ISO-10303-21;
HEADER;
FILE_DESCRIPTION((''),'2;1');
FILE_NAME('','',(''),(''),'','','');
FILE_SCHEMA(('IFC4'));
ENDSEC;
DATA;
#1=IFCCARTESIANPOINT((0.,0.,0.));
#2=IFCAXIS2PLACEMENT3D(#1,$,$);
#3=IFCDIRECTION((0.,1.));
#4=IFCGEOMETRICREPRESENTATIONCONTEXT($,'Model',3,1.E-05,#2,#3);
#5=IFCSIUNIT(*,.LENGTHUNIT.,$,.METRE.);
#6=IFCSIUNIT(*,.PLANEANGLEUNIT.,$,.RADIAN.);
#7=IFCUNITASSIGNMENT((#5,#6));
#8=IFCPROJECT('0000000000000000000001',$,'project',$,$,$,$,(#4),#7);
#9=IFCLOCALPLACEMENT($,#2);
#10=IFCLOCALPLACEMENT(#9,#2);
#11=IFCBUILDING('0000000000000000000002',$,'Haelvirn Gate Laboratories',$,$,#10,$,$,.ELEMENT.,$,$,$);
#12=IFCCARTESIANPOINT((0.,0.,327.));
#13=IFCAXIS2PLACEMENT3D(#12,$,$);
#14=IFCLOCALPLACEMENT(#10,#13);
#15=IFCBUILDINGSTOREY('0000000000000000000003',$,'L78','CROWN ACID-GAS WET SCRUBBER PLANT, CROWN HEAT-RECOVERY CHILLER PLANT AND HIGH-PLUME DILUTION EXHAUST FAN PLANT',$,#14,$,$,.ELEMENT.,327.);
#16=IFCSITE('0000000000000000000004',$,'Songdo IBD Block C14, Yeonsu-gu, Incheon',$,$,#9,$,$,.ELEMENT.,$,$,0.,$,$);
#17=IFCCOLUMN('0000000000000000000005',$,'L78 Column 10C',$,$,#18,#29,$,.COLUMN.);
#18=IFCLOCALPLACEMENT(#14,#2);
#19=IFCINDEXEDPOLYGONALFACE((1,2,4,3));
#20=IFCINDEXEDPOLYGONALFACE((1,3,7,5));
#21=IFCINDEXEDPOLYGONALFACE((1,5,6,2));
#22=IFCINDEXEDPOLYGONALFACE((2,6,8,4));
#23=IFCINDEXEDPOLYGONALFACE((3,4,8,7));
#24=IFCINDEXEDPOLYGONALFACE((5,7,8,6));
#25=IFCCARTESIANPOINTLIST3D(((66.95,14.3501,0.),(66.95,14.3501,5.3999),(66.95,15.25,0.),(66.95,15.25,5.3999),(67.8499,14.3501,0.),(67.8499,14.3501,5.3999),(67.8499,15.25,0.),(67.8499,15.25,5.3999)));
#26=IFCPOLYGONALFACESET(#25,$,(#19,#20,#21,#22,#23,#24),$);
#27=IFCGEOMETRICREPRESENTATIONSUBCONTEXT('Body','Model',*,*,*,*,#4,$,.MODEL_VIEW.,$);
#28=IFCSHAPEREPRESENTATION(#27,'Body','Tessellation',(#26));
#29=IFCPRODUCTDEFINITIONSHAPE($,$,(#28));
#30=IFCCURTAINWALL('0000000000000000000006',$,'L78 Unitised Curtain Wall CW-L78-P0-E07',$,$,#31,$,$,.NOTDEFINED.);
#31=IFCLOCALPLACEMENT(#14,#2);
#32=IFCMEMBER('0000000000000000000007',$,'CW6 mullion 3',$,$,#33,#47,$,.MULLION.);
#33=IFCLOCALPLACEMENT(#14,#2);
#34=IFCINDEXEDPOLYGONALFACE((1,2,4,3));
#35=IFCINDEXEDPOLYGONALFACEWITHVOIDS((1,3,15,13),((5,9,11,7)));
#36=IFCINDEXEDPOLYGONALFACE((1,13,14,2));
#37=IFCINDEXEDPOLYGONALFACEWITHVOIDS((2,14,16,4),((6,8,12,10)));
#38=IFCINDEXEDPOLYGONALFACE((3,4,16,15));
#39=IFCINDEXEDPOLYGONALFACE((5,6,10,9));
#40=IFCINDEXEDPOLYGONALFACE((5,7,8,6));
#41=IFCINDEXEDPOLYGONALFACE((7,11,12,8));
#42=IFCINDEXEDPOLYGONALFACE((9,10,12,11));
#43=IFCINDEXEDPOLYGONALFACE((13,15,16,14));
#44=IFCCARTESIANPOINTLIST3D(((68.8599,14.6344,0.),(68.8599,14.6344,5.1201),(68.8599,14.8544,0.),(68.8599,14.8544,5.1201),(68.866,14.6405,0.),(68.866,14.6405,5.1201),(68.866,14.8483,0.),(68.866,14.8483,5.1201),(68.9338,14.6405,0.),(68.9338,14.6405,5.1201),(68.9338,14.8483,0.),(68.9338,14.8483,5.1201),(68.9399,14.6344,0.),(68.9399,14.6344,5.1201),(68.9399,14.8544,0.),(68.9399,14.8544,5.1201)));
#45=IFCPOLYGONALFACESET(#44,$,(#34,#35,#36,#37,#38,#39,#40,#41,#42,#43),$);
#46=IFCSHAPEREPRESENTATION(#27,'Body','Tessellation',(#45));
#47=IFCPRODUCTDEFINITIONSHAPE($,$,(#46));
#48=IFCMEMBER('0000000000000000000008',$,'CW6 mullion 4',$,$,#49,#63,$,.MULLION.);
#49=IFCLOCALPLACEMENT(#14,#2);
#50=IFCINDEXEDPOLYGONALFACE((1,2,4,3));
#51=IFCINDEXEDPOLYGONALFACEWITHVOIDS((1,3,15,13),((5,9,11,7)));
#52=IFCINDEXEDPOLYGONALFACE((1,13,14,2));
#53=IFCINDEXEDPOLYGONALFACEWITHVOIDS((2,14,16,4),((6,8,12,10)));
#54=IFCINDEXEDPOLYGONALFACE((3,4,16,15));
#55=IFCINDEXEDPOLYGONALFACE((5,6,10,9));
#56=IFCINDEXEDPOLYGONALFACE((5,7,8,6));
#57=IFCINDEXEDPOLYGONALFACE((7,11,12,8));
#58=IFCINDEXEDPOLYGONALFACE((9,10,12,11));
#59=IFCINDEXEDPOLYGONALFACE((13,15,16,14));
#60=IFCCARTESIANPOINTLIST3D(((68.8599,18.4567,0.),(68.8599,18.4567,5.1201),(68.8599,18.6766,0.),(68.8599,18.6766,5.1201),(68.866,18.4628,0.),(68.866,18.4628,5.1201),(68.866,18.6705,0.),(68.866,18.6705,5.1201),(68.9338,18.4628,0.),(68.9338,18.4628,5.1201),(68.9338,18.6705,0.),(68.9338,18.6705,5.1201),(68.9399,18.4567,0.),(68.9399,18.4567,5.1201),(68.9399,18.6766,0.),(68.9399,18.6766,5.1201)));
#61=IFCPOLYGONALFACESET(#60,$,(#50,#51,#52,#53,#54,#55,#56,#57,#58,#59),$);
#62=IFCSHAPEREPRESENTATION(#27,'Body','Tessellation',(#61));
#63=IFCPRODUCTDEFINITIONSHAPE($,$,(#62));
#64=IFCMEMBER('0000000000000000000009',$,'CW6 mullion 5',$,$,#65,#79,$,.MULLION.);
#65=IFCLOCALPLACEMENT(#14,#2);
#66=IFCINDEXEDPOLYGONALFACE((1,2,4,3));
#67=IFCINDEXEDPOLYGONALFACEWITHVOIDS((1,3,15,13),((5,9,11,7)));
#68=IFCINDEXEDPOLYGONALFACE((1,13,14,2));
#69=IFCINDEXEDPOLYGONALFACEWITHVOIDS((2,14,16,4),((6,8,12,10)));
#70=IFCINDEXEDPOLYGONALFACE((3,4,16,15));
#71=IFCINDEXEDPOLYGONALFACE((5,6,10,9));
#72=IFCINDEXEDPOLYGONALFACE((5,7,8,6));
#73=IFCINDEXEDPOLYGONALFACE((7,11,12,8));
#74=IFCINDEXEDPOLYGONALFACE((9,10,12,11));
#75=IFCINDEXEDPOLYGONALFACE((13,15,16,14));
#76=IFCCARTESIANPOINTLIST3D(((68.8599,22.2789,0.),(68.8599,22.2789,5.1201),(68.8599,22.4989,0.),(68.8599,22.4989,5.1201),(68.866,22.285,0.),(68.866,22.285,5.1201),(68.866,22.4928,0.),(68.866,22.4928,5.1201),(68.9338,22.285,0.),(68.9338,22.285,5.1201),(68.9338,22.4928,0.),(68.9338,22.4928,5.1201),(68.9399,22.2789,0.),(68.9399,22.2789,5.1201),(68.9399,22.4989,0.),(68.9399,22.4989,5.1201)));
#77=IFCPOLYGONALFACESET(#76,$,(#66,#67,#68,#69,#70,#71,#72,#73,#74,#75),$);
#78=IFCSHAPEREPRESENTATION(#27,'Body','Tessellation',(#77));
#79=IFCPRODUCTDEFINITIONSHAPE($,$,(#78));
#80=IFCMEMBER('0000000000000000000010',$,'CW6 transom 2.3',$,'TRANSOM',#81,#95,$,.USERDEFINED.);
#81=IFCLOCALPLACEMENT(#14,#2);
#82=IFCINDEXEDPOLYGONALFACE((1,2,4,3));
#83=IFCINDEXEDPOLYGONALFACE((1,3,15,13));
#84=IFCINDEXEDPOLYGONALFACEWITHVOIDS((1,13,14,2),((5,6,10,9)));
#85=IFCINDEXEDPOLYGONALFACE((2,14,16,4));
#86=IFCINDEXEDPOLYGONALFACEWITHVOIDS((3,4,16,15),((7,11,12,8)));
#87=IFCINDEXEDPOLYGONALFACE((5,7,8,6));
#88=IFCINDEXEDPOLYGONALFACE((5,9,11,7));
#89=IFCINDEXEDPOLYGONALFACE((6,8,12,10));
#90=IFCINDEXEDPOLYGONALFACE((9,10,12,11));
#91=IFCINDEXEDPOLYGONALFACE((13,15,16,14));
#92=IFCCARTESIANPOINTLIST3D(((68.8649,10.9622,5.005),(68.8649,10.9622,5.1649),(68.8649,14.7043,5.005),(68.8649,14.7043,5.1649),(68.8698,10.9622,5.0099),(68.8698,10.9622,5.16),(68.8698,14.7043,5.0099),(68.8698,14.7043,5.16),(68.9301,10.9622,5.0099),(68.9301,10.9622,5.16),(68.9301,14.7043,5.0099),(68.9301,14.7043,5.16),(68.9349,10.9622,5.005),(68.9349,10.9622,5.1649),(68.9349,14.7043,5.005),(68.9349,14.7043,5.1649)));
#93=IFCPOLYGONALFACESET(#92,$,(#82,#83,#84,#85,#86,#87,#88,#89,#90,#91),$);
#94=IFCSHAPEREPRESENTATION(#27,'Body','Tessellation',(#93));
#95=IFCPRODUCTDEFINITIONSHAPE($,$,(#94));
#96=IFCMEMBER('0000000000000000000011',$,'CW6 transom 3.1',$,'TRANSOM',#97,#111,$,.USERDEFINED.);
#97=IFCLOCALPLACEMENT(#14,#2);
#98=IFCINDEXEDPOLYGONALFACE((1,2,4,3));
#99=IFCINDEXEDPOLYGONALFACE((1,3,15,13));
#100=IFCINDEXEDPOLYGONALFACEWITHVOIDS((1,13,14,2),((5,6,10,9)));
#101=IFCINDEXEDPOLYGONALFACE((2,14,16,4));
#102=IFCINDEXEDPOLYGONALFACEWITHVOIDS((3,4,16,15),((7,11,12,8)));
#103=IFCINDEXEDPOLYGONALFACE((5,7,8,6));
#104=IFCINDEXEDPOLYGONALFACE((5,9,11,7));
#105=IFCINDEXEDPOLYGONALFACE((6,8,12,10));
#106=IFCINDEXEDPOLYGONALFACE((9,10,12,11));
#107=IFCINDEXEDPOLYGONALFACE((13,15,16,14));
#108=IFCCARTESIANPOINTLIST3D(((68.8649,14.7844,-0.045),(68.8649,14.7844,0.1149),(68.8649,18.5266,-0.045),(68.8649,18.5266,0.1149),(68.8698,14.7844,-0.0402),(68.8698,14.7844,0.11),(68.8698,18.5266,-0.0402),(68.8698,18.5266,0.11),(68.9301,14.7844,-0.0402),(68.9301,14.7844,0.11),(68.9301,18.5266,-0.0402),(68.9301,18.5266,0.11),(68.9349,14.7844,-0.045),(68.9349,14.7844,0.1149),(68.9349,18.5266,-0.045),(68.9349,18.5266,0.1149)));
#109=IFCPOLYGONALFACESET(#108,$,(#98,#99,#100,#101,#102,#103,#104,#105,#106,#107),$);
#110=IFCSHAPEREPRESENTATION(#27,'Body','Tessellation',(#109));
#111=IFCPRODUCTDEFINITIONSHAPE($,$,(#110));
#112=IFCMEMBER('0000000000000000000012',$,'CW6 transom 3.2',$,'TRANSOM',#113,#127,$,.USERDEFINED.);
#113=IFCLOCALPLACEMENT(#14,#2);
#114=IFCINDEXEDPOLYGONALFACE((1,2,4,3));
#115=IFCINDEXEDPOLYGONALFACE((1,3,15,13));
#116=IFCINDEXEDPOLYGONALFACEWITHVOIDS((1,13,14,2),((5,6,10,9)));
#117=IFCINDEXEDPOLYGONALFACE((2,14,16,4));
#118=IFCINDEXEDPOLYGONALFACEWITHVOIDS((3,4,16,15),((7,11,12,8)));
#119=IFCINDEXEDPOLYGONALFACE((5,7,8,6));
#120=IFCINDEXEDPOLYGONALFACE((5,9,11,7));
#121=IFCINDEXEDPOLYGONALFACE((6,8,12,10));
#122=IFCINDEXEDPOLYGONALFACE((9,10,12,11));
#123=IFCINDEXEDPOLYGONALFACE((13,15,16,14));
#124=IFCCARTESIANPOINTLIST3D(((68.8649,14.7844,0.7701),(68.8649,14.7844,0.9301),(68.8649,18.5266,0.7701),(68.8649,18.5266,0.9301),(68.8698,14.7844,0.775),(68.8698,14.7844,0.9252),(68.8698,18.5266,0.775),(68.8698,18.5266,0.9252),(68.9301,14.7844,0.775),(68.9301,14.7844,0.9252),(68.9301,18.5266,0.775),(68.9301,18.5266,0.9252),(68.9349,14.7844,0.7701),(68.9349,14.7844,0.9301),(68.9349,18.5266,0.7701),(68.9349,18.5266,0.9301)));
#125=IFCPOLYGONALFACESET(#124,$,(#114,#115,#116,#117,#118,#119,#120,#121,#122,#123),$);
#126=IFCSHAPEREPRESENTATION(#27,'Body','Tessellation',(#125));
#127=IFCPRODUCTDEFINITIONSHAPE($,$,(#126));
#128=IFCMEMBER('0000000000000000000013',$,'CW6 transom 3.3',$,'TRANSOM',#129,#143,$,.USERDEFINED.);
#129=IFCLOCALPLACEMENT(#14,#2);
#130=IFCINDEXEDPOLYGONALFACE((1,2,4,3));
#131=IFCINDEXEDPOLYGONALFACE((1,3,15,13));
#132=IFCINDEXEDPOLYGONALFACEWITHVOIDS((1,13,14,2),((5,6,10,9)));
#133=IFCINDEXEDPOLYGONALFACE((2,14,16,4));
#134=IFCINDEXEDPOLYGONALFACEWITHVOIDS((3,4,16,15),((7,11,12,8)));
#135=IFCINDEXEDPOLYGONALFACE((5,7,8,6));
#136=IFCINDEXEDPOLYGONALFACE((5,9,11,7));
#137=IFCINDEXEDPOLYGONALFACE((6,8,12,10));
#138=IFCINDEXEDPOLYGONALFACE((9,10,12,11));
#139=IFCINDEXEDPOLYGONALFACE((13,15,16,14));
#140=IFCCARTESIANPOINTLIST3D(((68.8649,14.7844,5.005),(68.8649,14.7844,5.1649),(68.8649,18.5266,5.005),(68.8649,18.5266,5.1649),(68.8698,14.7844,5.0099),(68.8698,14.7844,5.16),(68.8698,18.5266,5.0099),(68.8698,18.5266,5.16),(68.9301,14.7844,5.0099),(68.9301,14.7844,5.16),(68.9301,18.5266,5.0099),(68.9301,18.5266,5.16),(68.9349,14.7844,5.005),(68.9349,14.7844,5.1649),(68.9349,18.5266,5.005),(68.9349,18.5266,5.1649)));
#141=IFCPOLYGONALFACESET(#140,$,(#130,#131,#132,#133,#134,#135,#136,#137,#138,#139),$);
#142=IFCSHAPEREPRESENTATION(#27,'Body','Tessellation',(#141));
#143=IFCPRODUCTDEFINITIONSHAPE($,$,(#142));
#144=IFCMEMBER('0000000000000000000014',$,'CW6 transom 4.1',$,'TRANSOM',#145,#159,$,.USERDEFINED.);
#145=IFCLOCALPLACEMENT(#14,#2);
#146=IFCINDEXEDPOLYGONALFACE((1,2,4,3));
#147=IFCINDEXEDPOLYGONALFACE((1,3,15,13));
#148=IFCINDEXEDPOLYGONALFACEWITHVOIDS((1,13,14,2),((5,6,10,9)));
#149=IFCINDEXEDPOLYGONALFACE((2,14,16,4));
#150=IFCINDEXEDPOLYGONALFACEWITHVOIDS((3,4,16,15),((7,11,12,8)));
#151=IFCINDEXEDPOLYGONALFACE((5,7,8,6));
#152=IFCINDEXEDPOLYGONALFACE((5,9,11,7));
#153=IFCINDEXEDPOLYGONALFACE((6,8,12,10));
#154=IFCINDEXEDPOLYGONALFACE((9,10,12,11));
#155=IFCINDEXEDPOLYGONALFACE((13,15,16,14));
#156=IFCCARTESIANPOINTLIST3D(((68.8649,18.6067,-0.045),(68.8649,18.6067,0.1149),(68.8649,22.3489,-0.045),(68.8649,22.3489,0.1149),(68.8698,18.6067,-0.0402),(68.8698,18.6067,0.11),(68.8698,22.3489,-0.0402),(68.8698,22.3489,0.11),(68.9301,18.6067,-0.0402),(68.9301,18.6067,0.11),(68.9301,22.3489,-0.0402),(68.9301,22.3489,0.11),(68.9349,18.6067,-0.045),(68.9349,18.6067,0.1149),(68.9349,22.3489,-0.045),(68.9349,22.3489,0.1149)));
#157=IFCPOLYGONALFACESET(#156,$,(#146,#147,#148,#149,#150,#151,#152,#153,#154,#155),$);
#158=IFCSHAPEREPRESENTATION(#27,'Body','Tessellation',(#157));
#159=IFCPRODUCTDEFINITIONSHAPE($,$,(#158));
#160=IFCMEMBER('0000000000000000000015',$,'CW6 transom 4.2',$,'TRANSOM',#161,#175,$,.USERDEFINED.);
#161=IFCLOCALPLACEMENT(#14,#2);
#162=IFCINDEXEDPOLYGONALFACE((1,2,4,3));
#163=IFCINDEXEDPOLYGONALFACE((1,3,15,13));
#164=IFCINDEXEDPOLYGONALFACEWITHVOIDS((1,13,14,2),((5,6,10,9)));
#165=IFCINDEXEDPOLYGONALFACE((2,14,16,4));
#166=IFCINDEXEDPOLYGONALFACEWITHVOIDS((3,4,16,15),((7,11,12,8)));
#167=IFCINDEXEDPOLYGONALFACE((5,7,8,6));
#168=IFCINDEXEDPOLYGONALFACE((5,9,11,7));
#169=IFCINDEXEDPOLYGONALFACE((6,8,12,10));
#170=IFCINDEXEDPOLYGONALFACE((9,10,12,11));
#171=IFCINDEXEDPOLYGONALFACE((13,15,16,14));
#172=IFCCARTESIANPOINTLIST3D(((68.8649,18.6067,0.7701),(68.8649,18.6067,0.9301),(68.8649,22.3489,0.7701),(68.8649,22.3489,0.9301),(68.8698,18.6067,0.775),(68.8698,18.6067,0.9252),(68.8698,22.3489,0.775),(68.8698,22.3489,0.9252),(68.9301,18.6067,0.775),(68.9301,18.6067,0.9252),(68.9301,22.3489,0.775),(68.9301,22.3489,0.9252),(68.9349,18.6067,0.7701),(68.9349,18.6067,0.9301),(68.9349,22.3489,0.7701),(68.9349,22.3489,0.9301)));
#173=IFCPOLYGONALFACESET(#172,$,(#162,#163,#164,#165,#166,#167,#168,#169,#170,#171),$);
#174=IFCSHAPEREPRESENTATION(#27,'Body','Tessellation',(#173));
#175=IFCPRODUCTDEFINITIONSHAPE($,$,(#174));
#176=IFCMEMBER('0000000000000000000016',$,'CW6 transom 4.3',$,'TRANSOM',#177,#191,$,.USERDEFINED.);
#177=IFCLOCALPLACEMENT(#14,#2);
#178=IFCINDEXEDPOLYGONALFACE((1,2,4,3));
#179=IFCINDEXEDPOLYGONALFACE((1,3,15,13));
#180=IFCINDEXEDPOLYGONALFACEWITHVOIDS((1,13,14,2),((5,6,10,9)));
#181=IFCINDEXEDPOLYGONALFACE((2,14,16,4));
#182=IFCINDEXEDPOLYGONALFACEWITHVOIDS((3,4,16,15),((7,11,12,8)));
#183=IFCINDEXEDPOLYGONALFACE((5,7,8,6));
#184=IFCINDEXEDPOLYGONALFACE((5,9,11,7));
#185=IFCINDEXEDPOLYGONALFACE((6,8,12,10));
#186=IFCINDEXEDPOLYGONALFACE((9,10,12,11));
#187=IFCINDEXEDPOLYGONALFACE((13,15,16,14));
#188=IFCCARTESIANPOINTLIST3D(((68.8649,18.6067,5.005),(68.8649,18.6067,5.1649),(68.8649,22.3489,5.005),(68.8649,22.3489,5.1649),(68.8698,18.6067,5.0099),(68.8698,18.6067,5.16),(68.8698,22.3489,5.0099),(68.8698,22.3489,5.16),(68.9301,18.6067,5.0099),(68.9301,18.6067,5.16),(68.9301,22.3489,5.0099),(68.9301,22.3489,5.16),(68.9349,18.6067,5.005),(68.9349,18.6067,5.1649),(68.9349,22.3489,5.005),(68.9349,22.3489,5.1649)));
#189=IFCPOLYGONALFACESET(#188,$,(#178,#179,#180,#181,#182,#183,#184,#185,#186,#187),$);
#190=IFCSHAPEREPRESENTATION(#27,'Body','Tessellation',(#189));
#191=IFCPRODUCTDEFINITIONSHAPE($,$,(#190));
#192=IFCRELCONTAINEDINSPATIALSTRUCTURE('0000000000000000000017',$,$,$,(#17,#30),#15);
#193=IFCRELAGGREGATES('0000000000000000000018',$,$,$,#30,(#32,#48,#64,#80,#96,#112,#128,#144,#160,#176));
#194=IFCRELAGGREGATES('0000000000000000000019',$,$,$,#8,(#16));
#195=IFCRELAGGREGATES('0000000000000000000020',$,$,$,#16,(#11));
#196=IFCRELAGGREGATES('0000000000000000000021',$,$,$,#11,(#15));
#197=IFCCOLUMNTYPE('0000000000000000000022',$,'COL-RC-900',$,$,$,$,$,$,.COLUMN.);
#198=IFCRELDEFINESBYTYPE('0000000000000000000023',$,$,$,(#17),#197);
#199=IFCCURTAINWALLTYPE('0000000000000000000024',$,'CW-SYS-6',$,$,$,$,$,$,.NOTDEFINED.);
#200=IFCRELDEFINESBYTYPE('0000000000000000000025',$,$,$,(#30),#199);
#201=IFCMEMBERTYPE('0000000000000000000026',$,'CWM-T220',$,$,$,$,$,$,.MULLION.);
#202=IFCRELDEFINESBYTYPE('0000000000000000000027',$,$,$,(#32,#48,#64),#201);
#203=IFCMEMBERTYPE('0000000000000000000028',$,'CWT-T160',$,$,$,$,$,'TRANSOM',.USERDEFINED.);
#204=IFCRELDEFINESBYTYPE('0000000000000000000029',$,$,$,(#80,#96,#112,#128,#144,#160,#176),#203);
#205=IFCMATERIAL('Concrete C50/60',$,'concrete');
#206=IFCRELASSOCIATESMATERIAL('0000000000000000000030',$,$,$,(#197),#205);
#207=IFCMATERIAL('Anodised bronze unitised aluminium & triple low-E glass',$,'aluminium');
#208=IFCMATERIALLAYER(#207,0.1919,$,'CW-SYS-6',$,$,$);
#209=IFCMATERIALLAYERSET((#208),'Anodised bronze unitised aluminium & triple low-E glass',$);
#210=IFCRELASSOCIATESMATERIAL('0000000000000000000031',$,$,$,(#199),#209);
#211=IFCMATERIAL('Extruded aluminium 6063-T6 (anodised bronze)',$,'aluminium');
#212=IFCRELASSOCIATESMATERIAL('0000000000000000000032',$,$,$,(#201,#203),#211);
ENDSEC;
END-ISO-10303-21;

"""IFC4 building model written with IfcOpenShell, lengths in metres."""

from ifc_helpers import new_model, si_unit, direction, frame, origin, origin_2d, place, context, subcontext, project, spatial, rectangle, hollow_rectangle, extrude, source, transform, mapped, material, layer, layer_set, material_profile, profile_set, type_object, type_shapes, element, aggregate, save


model = new_model("IFC4")

# Units and contexts
model_context = context("Model", 3, precision=1e-05, world=origin(), true_north=direction((0.0, 1.0)))
body_context = subcontext(model_context, "Body", "Model", "MODEL_VIEW")
ifc_project = project(units=[si_unit("LENGTHUNIT", "METRE"), si_unit("PLANEANGLEUNIT", "RADIAN")], contexts=[model_context])

# Site, building, storey
site_placement = place(None, origin())
site = spatial("IfcSite", under=ifc_project, at=site_placement, Name="Songdo IBD Block C14, Yeonsu-gu, Incheon", CompositionType="ELEMENT", RefElevation=0.0)
building_placement = place(site_placement, origin())
building = spatial("IfcBuilding", under=site, at=building_placement, Name="Haelvirn Gate Laboratories", CompositionType="ELEMENT")
storey_placement = place(building_placement, frame((0.0, 0.0, 327.0)))
storey = spatial("IfcBuildingStorey", under=building, at=storey_placement, Name="L78", Description="CROWN ACID-GAS WET SCRUBBER PLANT, CROWN HEAT-RECOVERY CHILLER PLANT AND HIGH-PLUME DILUTION EXHAUST FAN PLANT", CompositionType="ELEMENT", Elevation=327.0)

# Column
ifc_material_1 = material(Name="Concrete C50/60", Category="concrete")
ifc_material_profile_1 = material_profile(ifc_material_1, rectangle(XDim=0.8999, YDim=0.8999, at=origin_2d()), Name="RC-900x900")
ifc_profile_set_1 = profile_set([ifc_material_profile_1], Name="Concrete C50/60")
column_type = type_object("IfcColumnType", Name="COL-RC-900", PredefinedType="COLUMN", material=ifc_profile_set_1)
shared_shape_1 = source(origin(), body_context, "Body", "SweptSolid", [
    extrude(rectangle(XDim=0.8999, YDim=0.8999, at=origin_2d()), origin(), (0.0, 0.0, 1.0), 5.3999),
])
type_shapes(column_type, [shared_shape_1])
column_placement = place(storey_placement, frame((67.3999, 14.8, 0.0), z_axis=(0.0, 0.0, 1.0), x_axis=(1.0, 0.0, 0.0)))
element("IfcColumn", 1, at=column_placement, inside=storey, type_object=column_type, Name="L78 Column 10C", PredefinedType="COLUMN", context=body_context, shape_type="MappedRepresentation", body=[
    mapped(shared_shape_1, transform((0.0, 0.0, 0.0), scale=1.0)),
])

# Curtain wall, members
ifc_material_2 = material(Name="Anodised bronze unitised aluminium & triple low-E glass", Category="aluminium")
ifc_layer_1 = layer(ifc_material_2, 0.1919, Name="CW-SYS-6")
ifc_layer_set_1 = layer_set([ifc_layer_1], Name="Anodised bronze unitised aluminium & triple low-E glass")
curtain_wall_type = type_object("IfcCurtainWallType", Name="CW-SYS-6", PredefinedType="NOTDEFINED", material=ifc_layer_set_1)
curtain_wall_placement = place(storey_placement, origin())
curtain_wall = element("IfcCurtainWall", 2, at=curtain_wall_placement, inside=storey, type_object=curtain_wall_type, Name="L78 Unitised Curtain Wall CW-L78-P0-E07", PredefinedType="NOTDEFINED")
ifc_material_3 = material(Name="Extruded aluminium 6063-T6 (anodised bronze)", Category="aluminium")
ifc_material_profile_2 = material_profile(ifc_material_3, hollow_rectangle(XDim=0.0801, YDim=0.22, WallThickness=0.0061, at=origin_2d()), Name="CWM-220x80x6")
ifc_profile_set_2 = profile_set([ifc_material_profile_2], Name="Extruded aluminium 6063-T6 (anodised bronze)")
member_type_1 = type_object("IfcMemberType", Name="CWM-T220", PredefinedType="MULLION", material=ifc_profile_set_2)
shared_shape_2 = source(origin(), body_context, "Body", "SweptSolid", [
    extrude(hollow_rectangle(XDim=0.0801, YDim=0.22, WallThickness=0.0061, at=origin_2d()), origin(), (0.0, 0.0, 1.0), 5.1201),
])
type_shapes(member_type_1, [shared_shape_2])
member_1_placement = place(storey_placement, frame((68.8999, 14.7444, 0.0), z_axis=(0.0, 0.0, 1.0), x_axis=(-1.0, 0.0, 0.0)))
member_1 = element("IfcMember", 3, at=member_1_placement, type_object=member_type_1, Name="CW6 mullion 3", PredefinedType="MULLION", context=body_context, shape_type="MappedRepresentation", body=[
    mapped(shared_shape_2, transform((0.0, 0.0, 0.0), scale=1.0)),
])
member_2_placement = place(storey_placement, frame((68.8999, 18.5667, 0.0), z_axis=(0.0, 0.0, 1.0), x_axis=(-1.0, 0.0, 0.0)))
member_2 = element("IfcMember", 4, at=member_2_placement, type_object=member_type_1, Name="CW6 mullion 4", PredefinedType="MULLION", context=body_context, shape_type="MappedRepresentation", body=[
    mapped(shared_shape_2, transform((0.0, 0.0, 0.0), scale=1.0)),
])
member_3_placement = place(storey_placement, frame((68.8999, 22.3889, 0.0), z_axis=(0.0, 0.0, 1.0), x_axis=(-1.0, 0.0, 0.0)))
member_3 = element("IfcMember", 5, at=member_3_placement, type_object=member_type_1, Name="CW6 mullion 5", PredefinedType="MULLION", context=body_context, shape_type="MappedRepresentation", body=[
    mapped(shared_shape_2, transform((0.0, 0.0, 0.0), scale=1.0)),
])
ifc_material_profile_3 = material_profile(ifc_material_3, hollow_rectangle(XDim=0.0701, YDim=0.1599, WallThickness=0.0049, at=origin_2d()), Name="CWT-160x70x5")
ifc_profile_set_3 = profile_set([ifc_material_profile_3], Name="Extruded aluminium 6063-T6 (anodised bronze)")
member_type_2 = type_object("IfcMemberType", Name="CWT-T160", ElementType="TRANSOM", PredefinedType="USERDEFINED", material=ifc_profile_set_3)
shared_shape_3 = source(origin(), body_context, "Body", "SweptSolid", [
    extrude(hollow_rectangle(XDim=0.0701, YDim=0.1599, WallThickness=0.0049, at=origin_2d()), origin(), (0.0, 0.0, 1.0), 3.7422),
])
type_shapes(member_type_2, [shared_shape_3])
member_4_placement = place(storey_placement, frame((68.8999, 10.9622, 5.085), z_axis=(0.0, 1.0, 0.0), x_axis=(-1.0, 0.0, 0.0)))
member_4 = element("IfcMember", 6, at=member_4_placement, type_object=member_type_2, Name="CW6 transom 2.3", ObjectType="TRANSOM", PredefinedType="USERDEFINED", context=body_context, shape_type="MappedRepresentation", body=[
    mapped(shared_shape_3, transform((0.0, 0.0, 0.0), scale=1.0)),
])
member_5_placement = place(storey_placement, frame((68.8999, 14.7844, 0.0349), z_axis=(0.0, 1.0, 0.0), x_axis=(-1.0, 0.0, 0.0)))
member_5 = element("IfcMember", 7, at=member_5_placement, type_object=member_type_2, Name="CW6 transom 3.1", ObjectType="TRANSOM", PredefinedType="USERDEFINED", context=body_context, shape_type="MappedRepresentation", body=[
    mapped(shared_shape_3, transform((0.0, 0.0, 0.0), scale=1.0)),
])
member_6_placement = place(storey_placement, frame((68.8999, 14.7844, 0.8501), z_axis=(0.0, 1.0, 0.0), x_axis=(-1.0, 0.0, 0.0)))
member_6 = element("IfcMember", 8, at=member_6_placement, type_object=member_type_2, Name="CW6 transom 3.2", ObjectType="TRANSOM", PredefinedType="USERDEFINED", context=body_context, shape_type="MappedRepresentation", body=[
    mapped(shared_shape_3, transform((0.0, 0.0, 0.0), scale=1.0)),
])
member_7_placement = place(storey_placement, frame((68.8999, 14.7844, 5.085), z_axis=(0.0, 1.0, 0.0), x_axis=(-1.0, 0.0, 0.0)))
member_7 = element("IfcMember", 9, at=member_7_placement, type_object=member_type_2, Name="CW6 transom 3.3", ObjectType="TRANSOM", PredefinedType="USERDEFINED", context=body_context, shape_type="MappedRepresentation", body=[
    mapped(shared_shape_3, transform((0.0, 0.0, 0.0), scale=1.0)),
])
member_8_placement = place(storey_placement, frame((68.8999, 18.6067, 0.0349), z_axis=(0.0, 1.0, 0.0), x_axis=(-1.0, 0.0, 0.0)))
member_8 = element("IfcMember", 10, at=member_8_placement, type_object=member_type_2, Name="CW6 transom 4.1", ObjectType="TRANSOM", PredefinedType="USERDEFINED", context=body_context, shape_type="MappedRepresentation", body=[
    mapped(shared_shape_3, transform((0.0, 0.0, 0.0), scale=1.0)),
])
member_9_placement = place(storey_placement, frame((68.8999, 18.6067, 0.8501), z_axis=(0.0, 1.0, 0.0), x_axis=(-1.0, 0.0, 0.0)))
member_9 = element("IfcMember", 11, at=member_9_placement, type_object=member_type_2, Name="CW6 transom 4.2", ObjectType="TRANSOM", PredefinedType="USERDEFINED", context=body_context, shape_type="MappedRepresentation", body=[
    mapped(shared_shape_3, transform((0.0, 0.0, 0.0), scale=1.0)),
])
member_10_placement = place(storey_placement, frame((68.8999, 18.6067, 5.085), z_axis=(0.0, 1.0, 0.0), x_axis=(-1.0, 0.0, 0.0)))
member_10 = element("IfcMember", 12, at=member_10_placement, type_object=member_type_2, Name="CW6 transom 4.3", ObjectType="TRANSOM", PredefinedType="USERDEFINED", context=body_context, shape_type="MappedRepresentation", body=[
    mapped(shared_shape_3, transform((0.0, 0.0, 0.0), scale=1.0)),
])
aggregate(curtain_wall, [member_1, member_2, member_3, member_4, member_5, member_6, member_7, member_8, member_9, member_10])

save(model, "model.ifc")
